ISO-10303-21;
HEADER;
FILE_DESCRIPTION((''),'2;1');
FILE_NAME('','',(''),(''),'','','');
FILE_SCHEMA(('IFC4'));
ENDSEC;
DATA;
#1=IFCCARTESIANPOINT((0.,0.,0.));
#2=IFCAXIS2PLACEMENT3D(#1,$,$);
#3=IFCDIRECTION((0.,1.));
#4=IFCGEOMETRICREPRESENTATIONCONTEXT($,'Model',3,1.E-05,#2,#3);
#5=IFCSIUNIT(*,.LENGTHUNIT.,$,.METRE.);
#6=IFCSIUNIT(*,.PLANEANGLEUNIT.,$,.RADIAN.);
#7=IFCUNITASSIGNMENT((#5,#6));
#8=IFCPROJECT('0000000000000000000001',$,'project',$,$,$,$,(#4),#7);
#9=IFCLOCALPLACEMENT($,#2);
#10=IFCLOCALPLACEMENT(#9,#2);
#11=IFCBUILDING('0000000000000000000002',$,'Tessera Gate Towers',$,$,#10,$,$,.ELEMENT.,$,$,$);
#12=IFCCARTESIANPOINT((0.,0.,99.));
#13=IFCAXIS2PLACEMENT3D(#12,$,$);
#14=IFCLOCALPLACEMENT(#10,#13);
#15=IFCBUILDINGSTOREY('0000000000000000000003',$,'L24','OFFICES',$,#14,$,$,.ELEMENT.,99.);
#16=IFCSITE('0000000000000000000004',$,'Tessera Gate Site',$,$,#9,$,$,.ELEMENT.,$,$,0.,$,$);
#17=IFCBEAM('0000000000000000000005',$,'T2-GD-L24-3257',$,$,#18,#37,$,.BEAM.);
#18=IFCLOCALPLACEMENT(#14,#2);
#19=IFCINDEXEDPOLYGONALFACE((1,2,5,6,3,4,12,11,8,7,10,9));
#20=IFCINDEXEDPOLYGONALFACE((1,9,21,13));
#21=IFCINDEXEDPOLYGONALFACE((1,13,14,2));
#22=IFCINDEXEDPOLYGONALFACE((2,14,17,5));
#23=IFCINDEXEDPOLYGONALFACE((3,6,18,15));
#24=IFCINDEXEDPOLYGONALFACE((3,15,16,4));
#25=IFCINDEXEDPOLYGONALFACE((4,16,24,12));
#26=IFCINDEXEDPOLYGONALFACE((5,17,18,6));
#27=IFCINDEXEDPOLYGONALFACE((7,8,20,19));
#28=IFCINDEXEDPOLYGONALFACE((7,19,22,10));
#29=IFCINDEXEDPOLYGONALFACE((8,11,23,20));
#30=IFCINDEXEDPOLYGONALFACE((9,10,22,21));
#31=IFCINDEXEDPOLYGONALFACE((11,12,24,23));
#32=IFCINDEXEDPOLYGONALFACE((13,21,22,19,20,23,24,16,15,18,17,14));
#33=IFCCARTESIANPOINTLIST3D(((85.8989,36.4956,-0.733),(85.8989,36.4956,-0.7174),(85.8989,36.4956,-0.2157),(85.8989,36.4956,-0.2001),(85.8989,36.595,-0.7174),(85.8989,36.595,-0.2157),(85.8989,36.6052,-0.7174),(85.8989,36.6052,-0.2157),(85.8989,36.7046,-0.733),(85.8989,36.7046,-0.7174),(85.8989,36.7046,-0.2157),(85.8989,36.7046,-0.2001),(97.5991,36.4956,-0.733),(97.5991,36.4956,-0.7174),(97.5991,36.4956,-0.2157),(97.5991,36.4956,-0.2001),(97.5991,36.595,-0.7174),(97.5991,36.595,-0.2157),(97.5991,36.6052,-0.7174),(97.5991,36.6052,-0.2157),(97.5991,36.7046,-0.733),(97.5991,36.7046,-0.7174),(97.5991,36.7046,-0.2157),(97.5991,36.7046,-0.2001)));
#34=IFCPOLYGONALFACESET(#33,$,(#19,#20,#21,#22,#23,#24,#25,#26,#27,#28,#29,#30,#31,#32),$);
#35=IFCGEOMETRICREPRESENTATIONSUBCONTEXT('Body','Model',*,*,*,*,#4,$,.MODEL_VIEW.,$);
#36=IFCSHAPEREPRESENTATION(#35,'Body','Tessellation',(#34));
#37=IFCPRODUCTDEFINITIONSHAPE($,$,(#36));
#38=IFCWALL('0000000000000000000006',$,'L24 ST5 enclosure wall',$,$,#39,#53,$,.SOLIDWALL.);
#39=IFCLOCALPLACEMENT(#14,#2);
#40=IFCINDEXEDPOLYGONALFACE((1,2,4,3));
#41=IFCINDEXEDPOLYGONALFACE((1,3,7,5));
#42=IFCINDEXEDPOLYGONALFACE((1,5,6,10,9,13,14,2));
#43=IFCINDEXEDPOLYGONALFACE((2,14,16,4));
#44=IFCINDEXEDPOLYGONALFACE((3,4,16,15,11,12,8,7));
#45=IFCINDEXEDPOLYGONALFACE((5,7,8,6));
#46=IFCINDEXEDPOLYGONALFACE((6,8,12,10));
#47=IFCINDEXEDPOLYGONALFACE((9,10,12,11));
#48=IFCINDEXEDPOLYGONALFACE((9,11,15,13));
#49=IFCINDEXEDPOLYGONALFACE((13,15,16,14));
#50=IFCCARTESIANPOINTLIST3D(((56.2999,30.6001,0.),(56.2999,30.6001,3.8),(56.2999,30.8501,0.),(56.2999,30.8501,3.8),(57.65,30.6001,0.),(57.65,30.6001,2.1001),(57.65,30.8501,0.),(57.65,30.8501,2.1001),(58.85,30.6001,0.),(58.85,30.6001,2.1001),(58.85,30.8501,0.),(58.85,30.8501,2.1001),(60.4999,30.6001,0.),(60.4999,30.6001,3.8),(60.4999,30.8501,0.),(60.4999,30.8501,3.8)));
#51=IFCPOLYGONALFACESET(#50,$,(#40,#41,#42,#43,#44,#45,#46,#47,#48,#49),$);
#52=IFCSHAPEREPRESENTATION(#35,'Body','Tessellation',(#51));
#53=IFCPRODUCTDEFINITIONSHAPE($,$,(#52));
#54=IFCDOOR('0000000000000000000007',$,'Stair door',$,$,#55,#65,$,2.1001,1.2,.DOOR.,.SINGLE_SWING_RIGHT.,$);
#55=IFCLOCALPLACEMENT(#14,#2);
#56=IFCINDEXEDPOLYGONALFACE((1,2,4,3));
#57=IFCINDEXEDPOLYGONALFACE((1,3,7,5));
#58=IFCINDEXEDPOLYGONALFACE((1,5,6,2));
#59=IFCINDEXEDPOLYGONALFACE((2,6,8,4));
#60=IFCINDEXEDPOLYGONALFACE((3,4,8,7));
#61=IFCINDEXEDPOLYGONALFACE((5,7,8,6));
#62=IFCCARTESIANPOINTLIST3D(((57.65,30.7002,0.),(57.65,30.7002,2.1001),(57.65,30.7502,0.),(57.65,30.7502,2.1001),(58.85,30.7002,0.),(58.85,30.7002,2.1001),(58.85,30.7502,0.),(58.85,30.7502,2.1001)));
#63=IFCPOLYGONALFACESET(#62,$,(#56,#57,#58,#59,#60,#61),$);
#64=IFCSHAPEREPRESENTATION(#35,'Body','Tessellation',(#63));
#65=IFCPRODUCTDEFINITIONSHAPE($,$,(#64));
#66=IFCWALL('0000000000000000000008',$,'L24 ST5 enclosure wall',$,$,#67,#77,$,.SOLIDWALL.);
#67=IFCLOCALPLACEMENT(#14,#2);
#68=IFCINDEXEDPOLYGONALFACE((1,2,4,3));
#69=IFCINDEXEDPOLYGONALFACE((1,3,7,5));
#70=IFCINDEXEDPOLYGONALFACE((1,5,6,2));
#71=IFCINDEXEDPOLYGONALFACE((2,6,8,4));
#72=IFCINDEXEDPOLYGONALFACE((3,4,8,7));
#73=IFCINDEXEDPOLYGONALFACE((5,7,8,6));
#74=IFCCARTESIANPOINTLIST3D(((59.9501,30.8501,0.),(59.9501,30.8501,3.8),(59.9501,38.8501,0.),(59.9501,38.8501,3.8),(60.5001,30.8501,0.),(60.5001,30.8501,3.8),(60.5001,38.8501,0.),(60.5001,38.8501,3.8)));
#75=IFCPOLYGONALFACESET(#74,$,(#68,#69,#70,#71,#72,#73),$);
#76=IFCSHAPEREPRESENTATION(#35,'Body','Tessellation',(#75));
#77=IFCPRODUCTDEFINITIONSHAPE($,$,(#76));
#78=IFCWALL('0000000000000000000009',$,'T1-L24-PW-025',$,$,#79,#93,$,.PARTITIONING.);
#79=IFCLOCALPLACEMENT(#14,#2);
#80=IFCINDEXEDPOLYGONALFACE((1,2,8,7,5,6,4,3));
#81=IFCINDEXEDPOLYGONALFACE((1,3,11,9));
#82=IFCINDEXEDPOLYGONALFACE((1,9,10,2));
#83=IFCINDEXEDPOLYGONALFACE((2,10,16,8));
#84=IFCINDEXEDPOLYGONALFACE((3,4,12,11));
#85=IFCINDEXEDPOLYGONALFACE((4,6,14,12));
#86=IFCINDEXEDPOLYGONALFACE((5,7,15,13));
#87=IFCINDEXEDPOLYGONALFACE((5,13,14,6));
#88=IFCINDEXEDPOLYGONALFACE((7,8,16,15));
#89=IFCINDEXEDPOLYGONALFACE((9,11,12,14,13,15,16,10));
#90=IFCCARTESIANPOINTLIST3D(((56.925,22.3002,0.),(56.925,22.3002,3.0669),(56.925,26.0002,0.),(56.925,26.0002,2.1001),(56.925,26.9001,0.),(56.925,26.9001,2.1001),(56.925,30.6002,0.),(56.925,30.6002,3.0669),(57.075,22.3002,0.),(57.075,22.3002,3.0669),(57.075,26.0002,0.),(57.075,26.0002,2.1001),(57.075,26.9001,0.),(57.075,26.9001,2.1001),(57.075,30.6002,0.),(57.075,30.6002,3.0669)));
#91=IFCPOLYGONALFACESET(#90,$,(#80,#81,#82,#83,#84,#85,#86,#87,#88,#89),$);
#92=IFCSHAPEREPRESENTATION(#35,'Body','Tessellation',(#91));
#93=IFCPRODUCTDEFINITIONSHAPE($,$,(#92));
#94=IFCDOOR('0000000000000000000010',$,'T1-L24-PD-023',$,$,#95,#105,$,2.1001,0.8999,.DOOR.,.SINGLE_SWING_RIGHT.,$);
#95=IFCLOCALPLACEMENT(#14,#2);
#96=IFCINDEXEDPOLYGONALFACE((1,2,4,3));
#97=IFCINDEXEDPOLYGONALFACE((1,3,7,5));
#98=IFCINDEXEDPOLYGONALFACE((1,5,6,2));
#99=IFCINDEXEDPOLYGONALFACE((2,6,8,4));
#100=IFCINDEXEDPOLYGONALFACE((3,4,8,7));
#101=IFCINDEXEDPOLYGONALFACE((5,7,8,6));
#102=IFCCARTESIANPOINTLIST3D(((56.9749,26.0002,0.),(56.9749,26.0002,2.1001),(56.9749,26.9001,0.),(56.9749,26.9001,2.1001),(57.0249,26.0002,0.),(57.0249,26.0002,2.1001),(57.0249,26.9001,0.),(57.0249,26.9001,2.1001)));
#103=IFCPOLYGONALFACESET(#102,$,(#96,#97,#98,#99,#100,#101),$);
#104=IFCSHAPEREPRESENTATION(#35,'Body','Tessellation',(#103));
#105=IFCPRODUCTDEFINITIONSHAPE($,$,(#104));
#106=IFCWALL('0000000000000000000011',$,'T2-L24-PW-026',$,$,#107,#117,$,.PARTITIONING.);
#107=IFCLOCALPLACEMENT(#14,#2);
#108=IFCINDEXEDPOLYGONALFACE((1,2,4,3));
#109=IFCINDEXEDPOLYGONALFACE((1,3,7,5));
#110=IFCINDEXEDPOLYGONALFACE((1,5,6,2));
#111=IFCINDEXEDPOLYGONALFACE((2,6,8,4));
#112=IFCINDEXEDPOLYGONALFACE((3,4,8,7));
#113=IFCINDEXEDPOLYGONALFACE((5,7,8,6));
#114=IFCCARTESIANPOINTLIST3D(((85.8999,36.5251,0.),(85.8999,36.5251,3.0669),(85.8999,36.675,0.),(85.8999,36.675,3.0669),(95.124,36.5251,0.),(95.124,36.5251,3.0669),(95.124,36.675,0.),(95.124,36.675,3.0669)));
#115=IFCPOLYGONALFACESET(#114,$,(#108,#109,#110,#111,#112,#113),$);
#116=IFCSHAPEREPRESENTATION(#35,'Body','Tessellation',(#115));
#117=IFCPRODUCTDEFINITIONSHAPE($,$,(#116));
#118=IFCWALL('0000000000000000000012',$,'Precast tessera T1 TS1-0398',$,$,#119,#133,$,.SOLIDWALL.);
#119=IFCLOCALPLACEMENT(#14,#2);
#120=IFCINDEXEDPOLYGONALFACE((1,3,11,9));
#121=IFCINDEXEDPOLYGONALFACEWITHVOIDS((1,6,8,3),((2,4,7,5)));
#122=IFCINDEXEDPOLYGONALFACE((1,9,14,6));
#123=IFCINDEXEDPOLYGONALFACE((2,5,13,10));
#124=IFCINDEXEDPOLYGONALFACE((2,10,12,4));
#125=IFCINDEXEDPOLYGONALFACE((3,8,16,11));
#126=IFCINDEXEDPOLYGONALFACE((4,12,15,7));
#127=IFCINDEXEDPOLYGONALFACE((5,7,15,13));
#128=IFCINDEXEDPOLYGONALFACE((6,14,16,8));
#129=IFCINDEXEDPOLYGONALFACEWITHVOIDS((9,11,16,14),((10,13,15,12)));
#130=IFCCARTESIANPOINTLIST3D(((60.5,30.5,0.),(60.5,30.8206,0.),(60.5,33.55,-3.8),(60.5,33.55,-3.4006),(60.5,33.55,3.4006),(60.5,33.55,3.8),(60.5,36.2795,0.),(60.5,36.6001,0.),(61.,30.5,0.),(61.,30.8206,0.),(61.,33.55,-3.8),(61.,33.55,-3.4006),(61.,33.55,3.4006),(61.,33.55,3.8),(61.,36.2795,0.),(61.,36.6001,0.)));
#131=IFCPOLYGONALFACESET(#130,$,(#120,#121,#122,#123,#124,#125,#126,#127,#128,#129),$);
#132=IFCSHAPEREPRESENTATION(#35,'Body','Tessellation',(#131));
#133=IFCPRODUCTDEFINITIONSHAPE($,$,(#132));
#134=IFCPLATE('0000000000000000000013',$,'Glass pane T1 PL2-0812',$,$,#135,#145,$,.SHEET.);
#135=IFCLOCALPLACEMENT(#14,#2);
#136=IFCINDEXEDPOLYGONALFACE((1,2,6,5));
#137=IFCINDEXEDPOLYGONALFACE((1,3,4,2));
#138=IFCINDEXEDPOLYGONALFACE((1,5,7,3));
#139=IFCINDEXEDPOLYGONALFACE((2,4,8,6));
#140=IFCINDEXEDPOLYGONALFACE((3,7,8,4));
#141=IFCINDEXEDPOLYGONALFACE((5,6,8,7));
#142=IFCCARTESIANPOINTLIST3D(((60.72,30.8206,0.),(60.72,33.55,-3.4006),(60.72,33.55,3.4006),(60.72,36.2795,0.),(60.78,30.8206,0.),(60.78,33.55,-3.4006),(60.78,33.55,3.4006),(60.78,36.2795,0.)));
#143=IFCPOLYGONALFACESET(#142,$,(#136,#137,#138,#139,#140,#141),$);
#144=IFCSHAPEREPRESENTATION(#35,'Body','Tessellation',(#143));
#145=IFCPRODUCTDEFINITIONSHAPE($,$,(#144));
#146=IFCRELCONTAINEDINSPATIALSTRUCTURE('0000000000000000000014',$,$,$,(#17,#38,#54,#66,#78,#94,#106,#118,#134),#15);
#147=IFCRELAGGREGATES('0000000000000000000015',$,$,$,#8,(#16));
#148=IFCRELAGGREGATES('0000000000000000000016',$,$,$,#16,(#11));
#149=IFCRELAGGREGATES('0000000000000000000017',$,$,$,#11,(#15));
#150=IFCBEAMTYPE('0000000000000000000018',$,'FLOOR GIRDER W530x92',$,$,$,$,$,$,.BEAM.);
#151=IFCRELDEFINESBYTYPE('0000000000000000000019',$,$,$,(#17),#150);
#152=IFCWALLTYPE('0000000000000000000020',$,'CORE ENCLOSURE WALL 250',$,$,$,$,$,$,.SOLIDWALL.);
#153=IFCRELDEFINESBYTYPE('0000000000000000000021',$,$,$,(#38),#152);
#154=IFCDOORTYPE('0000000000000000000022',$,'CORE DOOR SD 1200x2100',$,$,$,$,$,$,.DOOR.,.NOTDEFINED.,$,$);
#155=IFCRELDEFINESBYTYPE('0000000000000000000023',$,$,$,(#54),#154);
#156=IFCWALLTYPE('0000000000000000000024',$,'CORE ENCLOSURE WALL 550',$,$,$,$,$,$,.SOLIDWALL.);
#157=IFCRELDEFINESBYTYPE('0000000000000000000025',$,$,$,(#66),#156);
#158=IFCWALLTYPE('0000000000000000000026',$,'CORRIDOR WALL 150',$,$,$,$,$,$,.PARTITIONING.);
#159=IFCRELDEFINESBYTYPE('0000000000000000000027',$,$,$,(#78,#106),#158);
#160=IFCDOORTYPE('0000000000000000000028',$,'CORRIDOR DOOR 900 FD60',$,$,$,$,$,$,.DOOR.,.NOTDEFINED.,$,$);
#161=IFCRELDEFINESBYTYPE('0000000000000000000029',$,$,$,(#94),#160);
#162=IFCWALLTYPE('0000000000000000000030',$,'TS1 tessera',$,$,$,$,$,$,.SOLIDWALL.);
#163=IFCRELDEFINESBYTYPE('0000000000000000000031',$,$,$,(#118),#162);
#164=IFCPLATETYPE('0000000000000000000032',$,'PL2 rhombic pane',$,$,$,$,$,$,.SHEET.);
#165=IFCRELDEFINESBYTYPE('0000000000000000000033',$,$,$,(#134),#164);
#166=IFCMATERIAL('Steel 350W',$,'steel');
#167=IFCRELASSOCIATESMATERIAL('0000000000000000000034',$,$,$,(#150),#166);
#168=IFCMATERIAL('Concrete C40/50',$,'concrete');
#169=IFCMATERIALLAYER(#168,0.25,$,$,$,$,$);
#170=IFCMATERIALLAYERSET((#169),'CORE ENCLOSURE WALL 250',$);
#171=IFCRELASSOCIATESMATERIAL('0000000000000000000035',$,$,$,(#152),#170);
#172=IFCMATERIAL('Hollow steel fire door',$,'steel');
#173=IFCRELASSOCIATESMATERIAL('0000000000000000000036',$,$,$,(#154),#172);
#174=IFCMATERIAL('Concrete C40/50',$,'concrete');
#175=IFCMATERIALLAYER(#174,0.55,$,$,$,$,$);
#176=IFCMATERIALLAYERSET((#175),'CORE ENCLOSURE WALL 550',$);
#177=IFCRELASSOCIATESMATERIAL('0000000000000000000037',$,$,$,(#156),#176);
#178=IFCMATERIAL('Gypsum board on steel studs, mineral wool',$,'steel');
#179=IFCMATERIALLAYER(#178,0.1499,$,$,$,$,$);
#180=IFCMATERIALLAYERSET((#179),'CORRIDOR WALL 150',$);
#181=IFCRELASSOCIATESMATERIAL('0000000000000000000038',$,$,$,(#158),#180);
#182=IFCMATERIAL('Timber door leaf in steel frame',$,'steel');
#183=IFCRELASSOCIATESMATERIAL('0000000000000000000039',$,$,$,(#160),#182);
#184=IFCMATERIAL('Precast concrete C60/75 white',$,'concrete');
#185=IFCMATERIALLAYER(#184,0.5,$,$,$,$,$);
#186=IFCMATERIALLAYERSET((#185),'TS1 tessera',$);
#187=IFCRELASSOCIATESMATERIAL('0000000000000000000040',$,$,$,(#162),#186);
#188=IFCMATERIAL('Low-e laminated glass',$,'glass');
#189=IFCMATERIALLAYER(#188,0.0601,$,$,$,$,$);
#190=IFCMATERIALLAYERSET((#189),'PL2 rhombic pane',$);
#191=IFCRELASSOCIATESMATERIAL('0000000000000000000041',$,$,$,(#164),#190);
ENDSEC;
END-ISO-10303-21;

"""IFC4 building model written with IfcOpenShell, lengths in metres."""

from ifc_helpers import new_model, si_unit, direction, frame, frame_2d, origin, origin_2d, place, context, subcontext, project, spatial, polyline, rectangle, i_section, outline, extrude, source, transform, mapped, material, layer, layer_set, material_profile, profile_set, type_object, element, fill, save


model = new_model("IFC4")

# Units and contexts
model_context = context("Model", 3, precision=1e-05, world=origin(), true_north=direction((0.0, 1.0)))
body_context = subcontext(model_context, "Body", "Model", "MODEL_VIEW")
ifc_project = project(units=[si_unit("LENGTHUNIT", "METRE"), si_unit("PLANEANGLEUNIT", "RADIAN")], contexts=[model_context])

# Site, building, storey
site_placement = place(None, origin())
site = spatial("IfcSite", under=ifc_project, at=site_placement, Name="Tessera Gate Site", CompositionType="ELEMENT", RefElevation=0.0)
building_placement = place(site_placement, origin())
building = spatial("IfcBuilding", under=site, at=building_placement, Name="Tessera Gate Towers", CompositionType="ELEMENT")
storey_placement = place(building_placement, frame((0.0, 0.0, 99.0)))
storey = spatial("IfcBuildingStorey", under=building, at=storey_placement, Name="L24", Description="OFFICES", CompositionType="ELEMENT", Elevation=99.0)

# Beam
ifc_material_1 = material(Name="Steel 350W", Category="steel")
ifc_material_profile = material_profile(ifc_material_1, i_section(OverallWidth=0.209, OverallDepth=0.533, WebThickness=0.0103, FlangeThickness=0.0156, at=origin_2d()), Name="W530x92")
ifc_profile_set = profile_set([ifc_material_profile], Name="Steel 350W")
beam_type = type_object("IfcBeamType", Name="FLOOR GIRDER W530x92", PredefinedType="BEAM", material=ifc_profile_set)
beam_placement = place(storey_placement, frame((85.8989, 36.6001, -0.4666), z_axis=(1.0, 0.0, 0.0), x_axis=(0.0, 1.0, 0.0)))
element("IfcBeam", 1, at=beam_placement, inside=storey, type_object=beam_type, Name="T2-GD-L24-3257", PredefinedType="BEAM", context=body_context, shape_type="SweptSolid", body=[
    extrude(i_section(OverallWidth=0.209, OverallDepth=0.533, WebThickness=0.0103, FlangeThickness=0.0156, at=origin_2d()), origin(), (0.0, 0.0, 1.0), 11.7002),
])

# Wall, opening, door
ifc_material_2 = material(Name="Concrete C40/50", Category="concrete")
ifc_layer_1 = layer(ifc_material_2, 0.25)
ifc_layer_set_1 = layer_set([ifc_layer_1], Name="CORE ENCLOSURE WALL 250")
wall_type_1 = type_object("IfcWallType", Name="CORE ENCLOSURE WALL 250", PredefinedType="SOLIDWALL", material=ifc_layer_set_1)
wall_1_placement = place(storey_placement, frame((60.5, 30.7251, 0.0), z_axis=(0.0, 0.0, 1.0), x_axis=(-1.0, 0.0, 0.0)))
wall_1 = element("IfcWall", 2, at=wall_1_placement, inside=storey, type_object=wall_type_1, Name="L24 ST5 enclosure wall", PredefinedType="SOLIDWALL", context=body_context, shape_type="SweptSolid", body=[
    extrude(rectangle(XDim=4.2, YDim=0.25, at=frame_2d((2.1001, 0.0))), origin(), (0.0, 0.0, 1.0), 3.8),
])
shared_shape_1 = source(origin(), body_context, "Body", "SweptSolid", [
    extrude(rectangle(XDim=1.2, YDim=2.1001, at=frame_2d((0.6001, 1.05))), frame((0.0, 0.135, 0.0), z_axis=(0.0, -1.0, 0.0), x_axis=(1.0, 0.0, 0.0)), (0.0, 0.0, 1.0), 0.27),
])
opening_1_placement = place(wall_1_placement, frame((1.6499, 0.0, 0.0)))
opening_1 = element("IfcOpeningElement", 3, at=opening_1_placement, cuts=wall_1, PredefinedType="OPENING", context=body_context, shape_type="MappedRepresentation", body=[
    mapped(shared_shape_1, transform((0.0, 0.0, 0.0), scale=1.0)),
])
ifc_material_3 = material(Name="Hollow steel fire door", Category="steel")
door_type_1 = type_object("IfcDoorType", Name="CORE DOOR SD 1200x2100", OperationType="NOTDEFINED", PredefinedType="DOOR", material=ifc_material_3)
shared_shape_2 = source(origin(), body_context, "Body", "SweptSolid", [
    extrude(rectangle(XDim=1.2, YDim=2.1001, at=frame_2d((0.6001, 1.05))), frame((0.0, 0.0249, 0.0), z_axis=(0.0, -1.0, 0.0), x_axis=(1.0, 0.0, 0.0)), (0.0, 0.0, 1.0), 0.05),
])
door_1_placement = place(opening_1_placement, origin())
door_1 = element("IfcDoor", 4, at=door_1_placement, inside=storey, type_object=door_type_1, Name="Stair door", OperationType="SINGLE_SWING_RIGHT", OverallHeight=2.1001, OverallWidth=1.2, PredefinedType="DOOR", context=body_context, shape_type="MappedRepresentation", body=[
    mapped(shared_shape_2, transform((0.0, 0.0, 0.0), scale=1.0)),
])
fill(opening_1, door_1)

# Wall
ifc_material_4 = material(Name="Concrete C40/50", Category="concrete")
ifc_layer_2 = layer(ifc_material_4, 0.55)
ifc_layer_set_2 = layer_set([ifc_layer_2], Name="CORE ENCLOSURE WALL 550")
wall_type_2 = type_object("IfcWallType", Name="CORE ENCLOSURE WALL 550", PredefinedType="SOLIDWALL", material=ifc_layer_set_2)
wall_2_placement = place(storey_placement, frame((60.2251, 38.8501, 0.0), z_axis=(0.0, 0.0, 1.0), x_axis=(0.0, -1.0, 0.0)))
element("IfcWall", 5, at=wall_2_placement, inside=storey, type_object=wall_type_2, Name="L24 ST5 enclosure wall", PredefinedType="SOLIDWALL", context=body_context, shape_type="SweptSolid", body=[
    extrude(rectangle(XDim=8.0, YDim=0.55, at=frame_2d((4.0, 0.0))), origin(), (0.0, 0.0, 1.0), 3.8),
])

# Wall, opening, door
ifc_material_5 = material(Name="Gypsum board on steel studs, mineral wool", Category="steel")
ifc_layer_3 = layer(ifc_material_5, 0.1499)
ifc_layer_set_3 = layer_set([ifc_layer_3], Name="CORRIDOR WALL 150")
wall_type_3 = type_object("IfcWallType", Name="CORRIDOR WALL 150", PredefinedType="PARTITIONING", material=ifc_layer_set_3)
wall_3_placement = place(storey_placement, frame((57.0, 30.6001, 0.0), z_axis=(0.0, 0.0, 1.0), x_axis=(0.0, -1.0, 0.0)))
wall_3 = element("IfcWall", 6, at=wall_3_placement, inside=storey, type_object=wall_type_3, Name="T1-L24-PW-025", PredefinedType="PARTITIONING", context=body_context, shape_type="SweptSolid", body=[
    extrude(rectangle(XDim=8.3, YDim=0.1499, at=frame_2d((4.1499, 0.0))), origin(), (0.0, 0.0, 1.0), 3.0669),
])
shared_shape_3 = source(origin(), body_context, "Body", "SweptSolid", [
    extrude(rectangle(XDim=0.8999, YDim=2.1001, at=frame_2d((0.45, 1.05))), frame((0.0, 0.085, 0.0), z_axis=(0.0, -1.0, 0.0), x_axis=(1.0, 0.0, 0.0)), (0.0, 0.0, 1.0), 0.1699),
])
opening_2_placement = place(wall_3_placement, frame((3.7, 0.0, 0.0)))
opening_2 = element("IfcOpeningElement", 7, at=opening_2_placement, cuts=wall_3, PredefinedType="OPENING", context=body_context, shape_type="MappedRepresentation", body=[
    mapped(shared_shape_3, transform((0.0, 0.0, 0.0), scale=1.0)),
])
ifc_material_6 = material(Name="Timber door leaf in steel frame", Category="steel")
door_type_2 = type_object("IfcDoorType", Name="CORRIDOR DOOR 900 FD60", OperationType="NOTDEFINED", PredefinedType="DOOR", material=ifc_material_6)
shared_shape_4 = source(origin(), body_context, "Body", "SweptSolid", [
    extrude(rectangle(XDim=0.8999, YDim=2.1001, at=frame_2d((0.45, 1.05))), frame((0.0, 0.0249, 0.0), z_axis=(0.0, -1.0, 0.0), x_axis=(1.0, 0.0, 0.0)), (0.0, 0.0, 1.0), 0.05),
])
door_2_placement = place(opening_2_placement, origin())
door_2 = element("IfcDoor", 8, at=door_2_placement, inside=storey, type_object=door_type_2, Name="T1-L24-PD-023", OperationType="SINGLE_SWING_RIGHT", OverallHeight=2.1001, OverallWidth=0.8999, PredefinedType="DOOR", context=body_context, shape_type="MappedRepresentation", body=[
    mapped(shared_shape_4, transform((0.0, 0.0, 0.0), scale=1.0)),
])
fill(opening_2, door_2)

# Wall
wall_4_placement = place(storey_placement, frame((85.8999, 36.6001, 0.0), z_axis=(0.0, 0.0, 1.0), x_axis=(1.0, 0.0, 0.0)))
element("IfcWall", 9, at=wall_4_placement, inside=storey, type_object=wall_type_3, Name="T2-L24-PW-026", PredefinedType="PARTITIONING", context=body_context, shape_type="SweptSolid", body=[
    extrude(rectangle(XDim=9.2241, YDim=0.1499, at=frame_2d((4.6121, 0.0))), origin(), (0.0, 0.0, 1.0), 3.0669),
])

# Wall, opening, plate
ifc_material_7 = material(Name="Precast concrete C60/75 white", Category="concrete")
ifc_layer_4 = layer(ifc_material_7, 0.5)
ifc_layer_set_4 = layer_set([ifc_layer_4], Name="TS1 tessera")
wall_type_4 = type_object("IfcWallType", Name="TS1 tessera", PredefinedType="SOLIDWALL", material=ifc_layer_set_4)
shared_shape_5 = source(origin(), body_context, "Body", "SweptSolid", [
    extrude(outline(polyline([(3.05, 0.0), (6.1001, 3.8), (3.05, 7.6001), (0.0, 3.8), (3.05, 0.0)])), frame((0.0, 0.25, 0.0), z_axis=(0.0, -1.0, 0.0), x_axis=(1.0, 0.0, 0.0)), (0.0, 0.0, 1.0), 0.5),
])
wall_5_placement = place(storey_placement, frame((60.75, 30.5, -3.8), z_axis=(0.0, 0.0, 1.0), x_axis=(0.0, 1.0, 0.0)))
wall_5 = element("IfcWall", 10, at=wall_5_placement, inside=storey, type_object=wall_type_4, Name="Precast tessera T1 TS1-0398", PredefinedType="SOLIDWALL", context=body_context, shape_type="MappedRepresentation", body=[
    mapped(shared_shape_5, transform((0.0, 0.0, 0.0), scale=1.0)),
])
shared_shape_6 = source(origin(), body_context, "Body", "SweptSolid", [
    extrude(outline(polyline([(3.05, 0.3994), (5.7795, 3.8), (3.05, 7.2007), (0.3206, 3.8), (3.05, 0.3994)])), frame((0.0, 0.26, 0.0), z_axis=(0.0, -1.0, 0.0), x_axis=(1.0, 0.0, 0.0)), (0.0, 0.0, 1.0), 0.52),
])
opening_3_placement = place(wall_5_placement, origin())
opening_3 = element("IfcOpeningElement", 11, at=opening_3_placement, cuts=wall_5, PredefinedType="OPENING", context=body_context, shape_type="MappedRepresentation", body=[
    mapped(shared_shape_6, transform((0.0, 0.0, 0.0), scale=1.0)),
])
ifc_material_8 = material(Name="Low-e laminated glass", Category="glass")
ifc_layer_5 = layer(ifc_material_8, 0.0601)
ifc_layer_set_5 = layer_set([ifc_layer_5], Name="PL2 rhombic pane")
plate_type = type_object("IfcPlateType", Name="PL2 rhombic pane", PredefinedType="SHEET", material=ifc_layer_set_5)
shared_shape_7 = source(origin(), body_context, "Body", "SweptSolid", [
    extrude(outline(polyline([(3.05, 0.3994), (5.7795, 3.8), (3.05, 7.2007), (0.3206, 3.8), (3.05, 0.3994)])), frame((0.0, 0.03, 0.0), z_axis=(0.0, -1.0, 0.0), x_axis=(1.0, 0.0, 0.0)), (0.0, 0.0, 1.0), 0.0601),
])
plate_1_placement = place(opening_3_placement, origin())
plate_1 = element("IfcPlate", 12, at=plate_1_placement, inside=storey, type_object=plate_type, Name="Glass pane T1 PL2-0812", PredefinedType="SHEET", context=body_context, shape_type="MappedRepresentation", body=[
    mapped(shared_shape_7, transform((0.0, 0.0, 0.0), scale=1.0)),
])
fill(opening_3, plate_1)

save(model, "model.ifc")
